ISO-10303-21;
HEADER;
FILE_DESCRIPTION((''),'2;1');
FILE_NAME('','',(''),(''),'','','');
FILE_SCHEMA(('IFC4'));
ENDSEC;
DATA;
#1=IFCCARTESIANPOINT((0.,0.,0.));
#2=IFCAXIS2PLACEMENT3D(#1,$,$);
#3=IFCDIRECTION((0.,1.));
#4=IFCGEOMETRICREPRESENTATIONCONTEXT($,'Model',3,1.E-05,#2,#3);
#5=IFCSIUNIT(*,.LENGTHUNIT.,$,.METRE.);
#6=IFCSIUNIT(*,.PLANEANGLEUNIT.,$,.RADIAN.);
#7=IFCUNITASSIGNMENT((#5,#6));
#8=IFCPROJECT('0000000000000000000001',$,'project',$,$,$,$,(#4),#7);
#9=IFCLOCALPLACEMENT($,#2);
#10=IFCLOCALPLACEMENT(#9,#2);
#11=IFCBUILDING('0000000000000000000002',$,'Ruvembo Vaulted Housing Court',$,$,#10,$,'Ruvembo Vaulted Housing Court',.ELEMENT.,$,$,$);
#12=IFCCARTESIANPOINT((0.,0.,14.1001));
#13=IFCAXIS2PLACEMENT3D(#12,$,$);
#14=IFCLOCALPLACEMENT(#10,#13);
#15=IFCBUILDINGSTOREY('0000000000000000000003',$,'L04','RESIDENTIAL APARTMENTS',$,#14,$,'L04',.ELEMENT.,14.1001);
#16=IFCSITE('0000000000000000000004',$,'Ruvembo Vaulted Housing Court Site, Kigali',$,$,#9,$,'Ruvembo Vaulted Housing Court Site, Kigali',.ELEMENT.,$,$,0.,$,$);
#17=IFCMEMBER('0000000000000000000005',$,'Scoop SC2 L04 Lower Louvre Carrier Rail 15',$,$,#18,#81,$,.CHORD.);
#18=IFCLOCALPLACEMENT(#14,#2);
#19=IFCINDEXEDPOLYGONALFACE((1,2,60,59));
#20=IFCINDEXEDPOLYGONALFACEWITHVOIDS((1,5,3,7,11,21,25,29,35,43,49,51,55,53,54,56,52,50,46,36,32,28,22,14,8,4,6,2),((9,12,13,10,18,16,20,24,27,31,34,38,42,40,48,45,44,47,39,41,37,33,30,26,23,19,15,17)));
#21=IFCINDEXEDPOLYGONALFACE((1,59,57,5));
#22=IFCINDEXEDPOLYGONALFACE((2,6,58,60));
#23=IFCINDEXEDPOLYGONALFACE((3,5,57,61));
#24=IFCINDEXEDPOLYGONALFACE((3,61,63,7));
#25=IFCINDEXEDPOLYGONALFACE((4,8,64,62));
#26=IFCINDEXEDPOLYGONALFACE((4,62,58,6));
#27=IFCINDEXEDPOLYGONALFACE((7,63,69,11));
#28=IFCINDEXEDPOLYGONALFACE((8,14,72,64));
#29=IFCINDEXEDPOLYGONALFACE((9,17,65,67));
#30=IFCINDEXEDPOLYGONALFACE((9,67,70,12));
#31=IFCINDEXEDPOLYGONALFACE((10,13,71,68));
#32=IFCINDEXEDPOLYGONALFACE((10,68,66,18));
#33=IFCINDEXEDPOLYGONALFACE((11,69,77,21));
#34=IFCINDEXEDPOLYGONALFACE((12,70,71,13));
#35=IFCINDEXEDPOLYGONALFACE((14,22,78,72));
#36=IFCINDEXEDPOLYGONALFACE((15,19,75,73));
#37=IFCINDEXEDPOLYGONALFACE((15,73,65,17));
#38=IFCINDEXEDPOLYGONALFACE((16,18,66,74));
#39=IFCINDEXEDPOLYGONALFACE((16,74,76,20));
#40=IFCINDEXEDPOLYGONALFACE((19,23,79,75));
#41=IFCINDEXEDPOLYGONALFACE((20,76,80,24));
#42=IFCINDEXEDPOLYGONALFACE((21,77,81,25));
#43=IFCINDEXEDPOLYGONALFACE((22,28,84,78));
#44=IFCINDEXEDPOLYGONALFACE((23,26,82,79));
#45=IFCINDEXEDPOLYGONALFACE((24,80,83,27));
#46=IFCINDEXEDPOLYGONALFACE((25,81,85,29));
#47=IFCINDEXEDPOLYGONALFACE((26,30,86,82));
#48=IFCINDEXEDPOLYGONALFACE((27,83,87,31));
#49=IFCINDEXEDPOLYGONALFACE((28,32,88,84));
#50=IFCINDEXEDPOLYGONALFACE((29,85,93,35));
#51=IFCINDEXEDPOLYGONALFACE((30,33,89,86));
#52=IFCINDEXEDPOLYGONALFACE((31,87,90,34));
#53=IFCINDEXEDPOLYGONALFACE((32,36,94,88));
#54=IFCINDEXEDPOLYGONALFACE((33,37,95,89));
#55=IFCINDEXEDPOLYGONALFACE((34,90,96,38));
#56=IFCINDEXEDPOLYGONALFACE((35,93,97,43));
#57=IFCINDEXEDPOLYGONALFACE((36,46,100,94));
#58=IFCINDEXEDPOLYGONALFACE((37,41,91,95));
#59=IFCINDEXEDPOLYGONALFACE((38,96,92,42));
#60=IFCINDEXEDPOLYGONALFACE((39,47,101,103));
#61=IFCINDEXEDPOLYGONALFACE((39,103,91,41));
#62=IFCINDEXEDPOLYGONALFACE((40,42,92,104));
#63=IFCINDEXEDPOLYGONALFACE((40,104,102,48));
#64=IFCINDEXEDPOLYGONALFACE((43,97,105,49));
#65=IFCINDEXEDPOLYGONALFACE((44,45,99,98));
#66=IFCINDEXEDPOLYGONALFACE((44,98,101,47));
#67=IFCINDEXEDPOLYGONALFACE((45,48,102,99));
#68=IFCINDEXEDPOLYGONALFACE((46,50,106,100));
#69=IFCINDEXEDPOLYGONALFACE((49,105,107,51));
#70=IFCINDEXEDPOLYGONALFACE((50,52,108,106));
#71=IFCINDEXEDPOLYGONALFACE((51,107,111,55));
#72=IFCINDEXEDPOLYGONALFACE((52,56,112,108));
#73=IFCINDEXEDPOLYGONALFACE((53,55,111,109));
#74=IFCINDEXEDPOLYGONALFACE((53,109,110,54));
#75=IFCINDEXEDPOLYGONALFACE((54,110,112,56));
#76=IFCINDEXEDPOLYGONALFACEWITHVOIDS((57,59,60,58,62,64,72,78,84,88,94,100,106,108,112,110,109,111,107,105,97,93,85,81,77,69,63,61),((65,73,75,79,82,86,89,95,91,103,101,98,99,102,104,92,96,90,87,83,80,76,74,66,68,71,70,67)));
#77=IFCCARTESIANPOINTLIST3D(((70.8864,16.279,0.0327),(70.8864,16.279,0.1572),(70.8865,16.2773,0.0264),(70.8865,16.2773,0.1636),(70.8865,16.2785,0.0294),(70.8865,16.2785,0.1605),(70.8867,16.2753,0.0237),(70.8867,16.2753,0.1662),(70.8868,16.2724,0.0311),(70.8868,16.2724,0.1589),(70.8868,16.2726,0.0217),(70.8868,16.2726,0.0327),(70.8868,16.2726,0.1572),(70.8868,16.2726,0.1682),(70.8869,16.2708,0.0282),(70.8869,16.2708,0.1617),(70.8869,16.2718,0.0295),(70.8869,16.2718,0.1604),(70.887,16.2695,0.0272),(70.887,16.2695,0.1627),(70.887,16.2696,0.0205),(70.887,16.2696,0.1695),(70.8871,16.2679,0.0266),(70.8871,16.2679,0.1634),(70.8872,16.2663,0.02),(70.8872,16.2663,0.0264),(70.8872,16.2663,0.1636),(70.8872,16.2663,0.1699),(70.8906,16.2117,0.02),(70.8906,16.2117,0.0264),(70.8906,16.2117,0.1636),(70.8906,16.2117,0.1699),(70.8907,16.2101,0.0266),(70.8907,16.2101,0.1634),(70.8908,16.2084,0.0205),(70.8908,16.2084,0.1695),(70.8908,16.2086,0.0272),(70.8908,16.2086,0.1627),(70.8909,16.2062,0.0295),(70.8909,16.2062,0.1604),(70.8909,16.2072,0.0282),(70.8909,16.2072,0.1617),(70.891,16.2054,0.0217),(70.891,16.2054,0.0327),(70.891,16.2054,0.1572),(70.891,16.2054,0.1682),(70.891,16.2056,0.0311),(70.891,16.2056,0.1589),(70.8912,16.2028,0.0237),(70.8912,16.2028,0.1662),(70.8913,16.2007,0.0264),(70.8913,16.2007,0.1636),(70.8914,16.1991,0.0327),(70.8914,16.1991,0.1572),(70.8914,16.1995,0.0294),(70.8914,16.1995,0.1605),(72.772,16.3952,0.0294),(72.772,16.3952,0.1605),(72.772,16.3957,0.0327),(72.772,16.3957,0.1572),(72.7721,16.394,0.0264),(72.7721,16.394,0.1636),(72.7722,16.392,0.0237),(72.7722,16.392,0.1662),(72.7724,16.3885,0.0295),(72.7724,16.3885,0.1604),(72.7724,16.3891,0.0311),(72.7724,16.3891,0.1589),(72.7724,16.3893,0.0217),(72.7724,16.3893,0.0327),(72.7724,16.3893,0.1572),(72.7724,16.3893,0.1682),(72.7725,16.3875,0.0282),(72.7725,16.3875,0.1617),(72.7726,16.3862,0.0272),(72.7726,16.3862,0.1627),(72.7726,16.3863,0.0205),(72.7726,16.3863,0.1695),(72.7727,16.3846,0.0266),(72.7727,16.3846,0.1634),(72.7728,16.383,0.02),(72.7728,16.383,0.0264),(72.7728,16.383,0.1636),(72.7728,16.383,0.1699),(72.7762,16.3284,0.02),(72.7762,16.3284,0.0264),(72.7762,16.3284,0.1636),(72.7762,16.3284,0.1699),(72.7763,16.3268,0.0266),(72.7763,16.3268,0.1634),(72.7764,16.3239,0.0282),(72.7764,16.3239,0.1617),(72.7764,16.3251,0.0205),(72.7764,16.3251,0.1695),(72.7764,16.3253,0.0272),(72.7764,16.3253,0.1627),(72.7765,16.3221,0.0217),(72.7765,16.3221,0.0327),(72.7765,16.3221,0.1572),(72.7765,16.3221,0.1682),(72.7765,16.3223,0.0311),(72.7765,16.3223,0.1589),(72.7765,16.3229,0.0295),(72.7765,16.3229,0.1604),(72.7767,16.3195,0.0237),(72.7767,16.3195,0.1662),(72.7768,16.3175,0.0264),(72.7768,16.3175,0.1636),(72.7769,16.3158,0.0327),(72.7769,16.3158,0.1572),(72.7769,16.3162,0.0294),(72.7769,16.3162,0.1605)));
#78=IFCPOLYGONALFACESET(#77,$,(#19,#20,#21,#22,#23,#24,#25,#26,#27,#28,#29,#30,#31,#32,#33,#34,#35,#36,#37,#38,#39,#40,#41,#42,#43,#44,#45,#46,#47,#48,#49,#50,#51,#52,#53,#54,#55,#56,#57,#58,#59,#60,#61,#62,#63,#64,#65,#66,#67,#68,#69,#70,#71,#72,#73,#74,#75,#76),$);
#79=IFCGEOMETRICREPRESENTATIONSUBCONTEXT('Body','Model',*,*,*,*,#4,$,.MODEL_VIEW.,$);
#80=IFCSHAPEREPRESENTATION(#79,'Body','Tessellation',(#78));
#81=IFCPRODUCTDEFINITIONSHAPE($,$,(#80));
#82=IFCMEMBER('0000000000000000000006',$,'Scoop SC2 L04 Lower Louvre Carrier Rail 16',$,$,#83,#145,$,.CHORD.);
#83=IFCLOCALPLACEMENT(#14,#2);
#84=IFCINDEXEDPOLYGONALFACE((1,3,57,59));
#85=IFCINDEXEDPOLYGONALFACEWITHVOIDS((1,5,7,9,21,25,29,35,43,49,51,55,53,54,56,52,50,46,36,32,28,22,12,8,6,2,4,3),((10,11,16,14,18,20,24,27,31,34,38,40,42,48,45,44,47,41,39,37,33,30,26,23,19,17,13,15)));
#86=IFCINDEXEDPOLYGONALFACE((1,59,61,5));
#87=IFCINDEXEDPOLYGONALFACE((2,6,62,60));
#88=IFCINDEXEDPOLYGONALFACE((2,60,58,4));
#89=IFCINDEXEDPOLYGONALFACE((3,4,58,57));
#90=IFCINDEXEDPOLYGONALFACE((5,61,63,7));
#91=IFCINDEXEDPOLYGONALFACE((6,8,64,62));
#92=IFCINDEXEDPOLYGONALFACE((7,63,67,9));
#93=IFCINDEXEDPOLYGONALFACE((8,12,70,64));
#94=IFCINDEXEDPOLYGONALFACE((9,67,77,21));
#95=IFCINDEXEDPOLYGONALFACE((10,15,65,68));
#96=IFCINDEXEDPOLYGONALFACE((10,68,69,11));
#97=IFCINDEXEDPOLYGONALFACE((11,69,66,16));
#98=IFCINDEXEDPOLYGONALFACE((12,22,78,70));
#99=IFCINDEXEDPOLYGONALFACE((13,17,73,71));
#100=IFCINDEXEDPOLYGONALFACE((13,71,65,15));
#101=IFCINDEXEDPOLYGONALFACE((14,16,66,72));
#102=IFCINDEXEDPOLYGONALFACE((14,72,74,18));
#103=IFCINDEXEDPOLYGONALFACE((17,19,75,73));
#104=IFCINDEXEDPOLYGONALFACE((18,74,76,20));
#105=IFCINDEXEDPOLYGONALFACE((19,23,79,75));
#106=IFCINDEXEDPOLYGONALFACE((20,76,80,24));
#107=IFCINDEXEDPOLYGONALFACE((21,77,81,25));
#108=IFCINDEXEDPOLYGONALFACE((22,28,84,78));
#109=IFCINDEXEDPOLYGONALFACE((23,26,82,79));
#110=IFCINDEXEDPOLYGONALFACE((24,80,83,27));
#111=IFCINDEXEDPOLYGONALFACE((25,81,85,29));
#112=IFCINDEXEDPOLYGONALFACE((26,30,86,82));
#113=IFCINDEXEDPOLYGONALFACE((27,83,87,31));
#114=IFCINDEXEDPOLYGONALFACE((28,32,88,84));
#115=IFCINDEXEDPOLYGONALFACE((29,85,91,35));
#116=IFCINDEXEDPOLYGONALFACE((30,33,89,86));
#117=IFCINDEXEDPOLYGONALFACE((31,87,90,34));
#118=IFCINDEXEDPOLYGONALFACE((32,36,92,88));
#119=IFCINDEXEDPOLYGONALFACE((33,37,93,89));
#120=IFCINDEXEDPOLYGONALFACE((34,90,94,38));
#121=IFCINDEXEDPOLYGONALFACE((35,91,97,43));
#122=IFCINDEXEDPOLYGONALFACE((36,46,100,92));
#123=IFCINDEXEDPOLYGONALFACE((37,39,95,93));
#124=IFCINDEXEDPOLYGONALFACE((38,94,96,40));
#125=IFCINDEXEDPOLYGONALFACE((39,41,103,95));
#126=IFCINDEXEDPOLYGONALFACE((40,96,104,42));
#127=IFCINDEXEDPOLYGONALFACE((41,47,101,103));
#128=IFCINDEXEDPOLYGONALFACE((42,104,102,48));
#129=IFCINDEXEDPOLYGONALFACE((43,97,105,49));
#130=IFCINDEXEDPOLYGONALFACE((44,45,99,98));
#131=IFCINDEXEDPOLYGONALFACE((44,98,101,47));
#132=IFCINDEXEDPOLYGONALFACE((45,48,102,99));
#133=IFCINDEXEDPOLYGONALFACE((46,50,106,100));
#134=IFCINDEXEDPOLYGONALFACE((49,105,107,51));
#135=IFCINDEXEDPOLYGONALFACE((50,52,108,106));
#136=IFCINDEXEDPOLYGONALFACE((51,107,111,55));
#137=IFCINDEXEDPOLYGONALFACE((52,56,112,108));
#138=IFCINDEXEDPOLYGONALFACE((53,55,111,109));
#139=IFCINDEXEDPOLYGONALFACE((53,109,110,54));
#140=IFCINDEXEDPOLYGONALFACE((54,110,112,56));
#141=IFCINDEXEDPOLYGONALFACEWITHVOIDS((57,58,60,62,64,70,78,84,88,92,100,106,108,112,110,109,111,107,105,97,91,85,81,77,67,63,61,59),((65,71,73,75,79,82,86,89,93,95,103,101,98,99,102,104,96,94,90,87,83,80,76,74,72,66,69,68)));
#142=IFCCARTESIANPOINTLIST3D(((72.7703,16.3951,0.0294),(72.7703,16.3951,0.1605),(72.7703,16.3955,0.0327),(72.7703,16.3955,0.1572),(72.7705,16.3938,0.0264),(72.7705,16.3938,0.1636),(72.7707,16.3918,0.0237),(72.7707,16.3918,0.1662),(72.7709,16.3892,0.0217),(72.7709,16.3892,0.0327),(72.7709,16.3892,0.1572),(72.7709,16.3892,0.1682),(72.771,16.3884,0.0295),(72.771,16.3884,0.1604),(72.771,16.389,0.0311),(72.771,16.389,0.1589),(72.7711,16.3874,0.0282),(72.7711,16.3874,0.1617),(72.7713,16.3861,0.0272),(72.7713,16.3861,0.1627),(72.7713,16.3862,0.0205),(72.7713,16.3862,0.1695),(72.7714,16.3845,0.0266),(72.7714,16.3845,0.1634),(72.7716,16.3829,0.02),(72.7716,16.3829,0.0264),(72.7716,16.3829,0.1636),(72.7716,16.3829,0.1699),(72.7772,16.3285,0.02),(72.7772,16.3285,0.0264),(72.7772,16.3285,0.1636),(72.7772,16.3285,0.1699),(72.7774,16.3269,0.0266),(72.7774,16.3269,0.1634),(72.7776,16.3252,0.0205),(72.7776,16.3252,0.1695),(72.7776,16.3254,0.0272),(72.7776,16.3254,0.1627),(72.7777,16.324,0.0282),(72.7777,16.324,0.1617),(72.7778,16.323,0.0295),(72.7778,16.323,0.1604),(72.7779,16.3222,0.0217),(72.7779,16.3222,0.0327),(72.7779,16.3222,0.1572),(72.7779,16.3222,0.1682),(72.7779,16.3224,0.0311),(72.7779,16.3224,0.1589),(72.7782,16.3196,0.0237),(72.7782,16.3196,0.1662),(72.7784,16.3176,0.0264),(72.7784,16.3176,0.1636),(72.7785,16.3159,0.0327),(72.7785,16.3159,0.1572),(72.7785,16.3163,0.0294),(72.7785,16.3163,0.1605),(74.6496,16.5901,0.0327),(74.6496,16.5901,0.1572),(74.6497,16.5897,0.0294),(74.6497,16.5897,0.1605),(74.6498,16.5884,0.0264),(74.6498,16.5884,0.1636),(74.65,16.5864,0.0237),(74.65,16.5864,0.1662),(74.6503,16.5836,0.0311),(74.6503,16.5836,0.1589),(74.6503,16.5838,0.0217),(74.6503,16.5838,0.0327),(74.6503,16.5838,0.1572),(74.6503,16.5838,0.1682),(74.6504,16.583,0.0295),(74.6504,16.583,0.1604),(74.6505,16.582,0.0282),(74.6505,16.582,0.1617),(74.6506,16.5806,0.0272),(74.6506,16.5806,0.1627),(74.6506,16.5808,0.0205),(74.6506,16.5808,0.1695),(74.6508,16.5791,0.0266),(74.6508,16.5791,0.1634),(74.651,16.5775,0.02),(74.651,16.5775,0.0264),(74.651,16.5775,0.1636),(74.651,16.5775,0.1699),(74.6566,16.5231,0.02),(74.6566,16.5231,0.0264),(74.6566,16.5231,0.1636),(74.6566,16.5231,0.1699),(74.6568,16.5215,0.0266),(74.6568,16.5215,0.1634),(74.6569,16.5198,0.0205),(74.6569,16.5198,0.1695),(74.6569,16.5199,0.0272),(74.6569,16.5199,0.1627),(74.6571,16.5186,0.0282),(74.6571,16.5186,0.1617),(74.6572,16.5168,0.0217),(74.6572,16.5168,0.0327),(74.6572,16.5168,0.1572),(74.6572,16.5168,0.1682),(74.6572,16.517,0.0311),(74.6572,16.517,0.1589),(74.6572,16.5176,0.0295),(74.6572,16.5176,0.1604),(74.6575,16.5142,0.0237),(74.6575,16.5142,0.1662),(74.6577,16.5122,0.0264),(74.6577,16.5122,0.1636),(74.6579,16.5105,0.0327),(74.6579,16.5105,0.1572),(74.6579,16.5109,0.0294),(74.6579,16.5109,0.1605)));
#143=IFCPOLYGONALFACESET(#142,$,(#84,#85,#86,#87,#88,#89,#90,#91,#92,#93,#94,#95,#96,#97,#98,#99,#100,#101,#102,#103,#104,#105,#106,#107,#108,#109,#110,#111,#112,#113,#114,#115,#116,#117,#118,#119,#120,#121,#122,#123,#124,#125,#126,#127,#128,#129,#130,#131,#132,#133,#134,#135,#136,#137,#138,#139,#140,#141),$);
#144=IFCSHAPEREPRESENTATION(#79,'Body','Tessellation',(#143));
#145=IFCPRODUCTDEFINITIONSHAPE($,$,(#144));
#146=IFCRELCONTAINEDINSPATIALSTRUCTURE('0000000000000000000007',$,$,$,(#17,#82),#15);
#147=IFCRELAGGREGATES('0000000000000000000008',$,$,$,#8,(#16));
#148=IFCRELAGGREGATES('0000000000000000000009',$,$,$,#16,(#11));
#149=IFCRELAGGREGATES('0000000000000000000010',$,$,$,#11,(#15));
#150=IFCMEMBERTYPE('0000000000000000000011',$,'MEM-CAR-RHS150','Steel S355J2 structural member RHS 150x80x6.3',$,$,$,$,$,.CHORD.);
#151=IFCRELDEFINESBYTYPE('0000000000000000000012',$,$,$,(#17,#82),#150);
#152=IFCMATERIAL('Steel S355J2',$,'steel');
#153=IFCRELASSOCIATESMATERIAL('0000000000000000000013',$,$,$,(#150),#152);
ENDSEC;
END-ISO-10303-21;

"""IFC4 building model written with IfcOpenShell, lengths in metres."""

from ifc_helpers import new_model, si_unit, direction, frame, origin, origin_2d, place, context, subcontext, project, spatial, hollow_rectangle, extrude, material, material_profile, profile_set, type_object, element, save


model = new_model("IFC4")

# Units and contexts
model_context = context("Model", 3, precision=1e-05, world=origin(), true_north=direction((0.0, 1.0)))
body_context = subcontext(model_context, "Body", "Model", "MODEL_VIEW")
ifc_project = project(units=[si_unit("LENGTHUNIT", "METRE"), si_unit("PLANEANGLEUNIT", "RADIAN")], contexts=[model_context])

# Site, building, storey
site_placement = place(None, origin())
site = spatial("IfcSite", under=ifc_project, at=site_placement, Name="Ruvembo Vaulted Housing Court Site, Kigali", LongName="Ruvembo Vaulted Housing Court Site, Kigali", CompositionType="ELEMENT", RefElevation=0.0)
building_placement = place(site_placement, origin())
building = spatial("IfcBuilding", under=site, at=building_placement, Name="Ruvembo Vaulted Housing Court", LongName="Ruvembo Vaulted Housing Court", CompositionType="ELEMENT")
storey_placement = place(building_placement, frame((0.0, 0.0, 14.1001)))
storey = spatial("IfcBuildingStorey", under=building, at=storey_placement, Name="L04", Description="RESIDENTIAL APARTMENTS", LongName="L04", CompositionType="ELEMENT", Elevation=14.1001)

# Shared definitions
ifc_material_1 = material(Name="Steel S355J2", Category="steel")

# Members
ifc_material_profile_1 = material_profile(ifc_material_1, hollow_rectangle(XDim=0.0801, YDim=0.1499, WallThickness=0.0063, InnerFilletRadius=0.0063, OuterFilletRadius=0.0127, at=origin_2d()), Name="RHS 150x80x6.3")
ifc_profile_set_1 = profile_set([ifc_material_profile_1], Name="Steel S355J2")
member_type_1 = type_object("IfcMemberType", Name="MEM-CAR-RHS150", Description="Steel S355J2 structural member RHS 150x80x6.3", PredefinedType="CHORD", material=ifc_profile_set_1)
member_1_placement = place(storey_placement, frame((70.8889, 16.239, 0.095), z_axis=(0.99809, 0.061775, 0.0), x_axis=(-0.061775, 0.99809, 0.0)))
element("IfcMember", 1, at=member_1_placement, inside=storey, type_object=member_type_1, Name="Scoop SC2 L04 Lower Louvre Carrier Rail 15", PredefinedType="CHORD", context=body_context, shape_type="SweptSolid", body=[
    extrude(hollow_rectangle(XDim=0.0801, YDim=0.1499, WallThickness=0.0063, InnerFilletRadius=0.0063, OuterFilletRadius=0.0127, at=origin_2d()), origin(), (0.0, 0.0, 1.0), 1.8892),
])
member_2_placement = place(storey_placement, frame((72.7744, 16.3557, 0.095), z_axis=(0.994683, 0.102983, 0.0), x_axis=(-0.102983, 0.994683, 0.0)))
element("IfcMember", 2, at=member_2_placement, inside=storey, type_object=member_type_1, Name="Scoop SC2 L04 Lower Louvre Carrier Rail 16", PredefinedType="CHORD", context=body_context, shape_type="SweptSolid", body=[
    extrude(hollow_rectangle(XDim=0.0801, YDim=0.1499, WallThickness=0.0063, InnerFilletRadius=0.0063, OuterFilletRadius=0.0127, at=origin_2d()), origin(), (0.0, 0.0, 1.0), 1.8894),
])

save(model, "model.ifc")
